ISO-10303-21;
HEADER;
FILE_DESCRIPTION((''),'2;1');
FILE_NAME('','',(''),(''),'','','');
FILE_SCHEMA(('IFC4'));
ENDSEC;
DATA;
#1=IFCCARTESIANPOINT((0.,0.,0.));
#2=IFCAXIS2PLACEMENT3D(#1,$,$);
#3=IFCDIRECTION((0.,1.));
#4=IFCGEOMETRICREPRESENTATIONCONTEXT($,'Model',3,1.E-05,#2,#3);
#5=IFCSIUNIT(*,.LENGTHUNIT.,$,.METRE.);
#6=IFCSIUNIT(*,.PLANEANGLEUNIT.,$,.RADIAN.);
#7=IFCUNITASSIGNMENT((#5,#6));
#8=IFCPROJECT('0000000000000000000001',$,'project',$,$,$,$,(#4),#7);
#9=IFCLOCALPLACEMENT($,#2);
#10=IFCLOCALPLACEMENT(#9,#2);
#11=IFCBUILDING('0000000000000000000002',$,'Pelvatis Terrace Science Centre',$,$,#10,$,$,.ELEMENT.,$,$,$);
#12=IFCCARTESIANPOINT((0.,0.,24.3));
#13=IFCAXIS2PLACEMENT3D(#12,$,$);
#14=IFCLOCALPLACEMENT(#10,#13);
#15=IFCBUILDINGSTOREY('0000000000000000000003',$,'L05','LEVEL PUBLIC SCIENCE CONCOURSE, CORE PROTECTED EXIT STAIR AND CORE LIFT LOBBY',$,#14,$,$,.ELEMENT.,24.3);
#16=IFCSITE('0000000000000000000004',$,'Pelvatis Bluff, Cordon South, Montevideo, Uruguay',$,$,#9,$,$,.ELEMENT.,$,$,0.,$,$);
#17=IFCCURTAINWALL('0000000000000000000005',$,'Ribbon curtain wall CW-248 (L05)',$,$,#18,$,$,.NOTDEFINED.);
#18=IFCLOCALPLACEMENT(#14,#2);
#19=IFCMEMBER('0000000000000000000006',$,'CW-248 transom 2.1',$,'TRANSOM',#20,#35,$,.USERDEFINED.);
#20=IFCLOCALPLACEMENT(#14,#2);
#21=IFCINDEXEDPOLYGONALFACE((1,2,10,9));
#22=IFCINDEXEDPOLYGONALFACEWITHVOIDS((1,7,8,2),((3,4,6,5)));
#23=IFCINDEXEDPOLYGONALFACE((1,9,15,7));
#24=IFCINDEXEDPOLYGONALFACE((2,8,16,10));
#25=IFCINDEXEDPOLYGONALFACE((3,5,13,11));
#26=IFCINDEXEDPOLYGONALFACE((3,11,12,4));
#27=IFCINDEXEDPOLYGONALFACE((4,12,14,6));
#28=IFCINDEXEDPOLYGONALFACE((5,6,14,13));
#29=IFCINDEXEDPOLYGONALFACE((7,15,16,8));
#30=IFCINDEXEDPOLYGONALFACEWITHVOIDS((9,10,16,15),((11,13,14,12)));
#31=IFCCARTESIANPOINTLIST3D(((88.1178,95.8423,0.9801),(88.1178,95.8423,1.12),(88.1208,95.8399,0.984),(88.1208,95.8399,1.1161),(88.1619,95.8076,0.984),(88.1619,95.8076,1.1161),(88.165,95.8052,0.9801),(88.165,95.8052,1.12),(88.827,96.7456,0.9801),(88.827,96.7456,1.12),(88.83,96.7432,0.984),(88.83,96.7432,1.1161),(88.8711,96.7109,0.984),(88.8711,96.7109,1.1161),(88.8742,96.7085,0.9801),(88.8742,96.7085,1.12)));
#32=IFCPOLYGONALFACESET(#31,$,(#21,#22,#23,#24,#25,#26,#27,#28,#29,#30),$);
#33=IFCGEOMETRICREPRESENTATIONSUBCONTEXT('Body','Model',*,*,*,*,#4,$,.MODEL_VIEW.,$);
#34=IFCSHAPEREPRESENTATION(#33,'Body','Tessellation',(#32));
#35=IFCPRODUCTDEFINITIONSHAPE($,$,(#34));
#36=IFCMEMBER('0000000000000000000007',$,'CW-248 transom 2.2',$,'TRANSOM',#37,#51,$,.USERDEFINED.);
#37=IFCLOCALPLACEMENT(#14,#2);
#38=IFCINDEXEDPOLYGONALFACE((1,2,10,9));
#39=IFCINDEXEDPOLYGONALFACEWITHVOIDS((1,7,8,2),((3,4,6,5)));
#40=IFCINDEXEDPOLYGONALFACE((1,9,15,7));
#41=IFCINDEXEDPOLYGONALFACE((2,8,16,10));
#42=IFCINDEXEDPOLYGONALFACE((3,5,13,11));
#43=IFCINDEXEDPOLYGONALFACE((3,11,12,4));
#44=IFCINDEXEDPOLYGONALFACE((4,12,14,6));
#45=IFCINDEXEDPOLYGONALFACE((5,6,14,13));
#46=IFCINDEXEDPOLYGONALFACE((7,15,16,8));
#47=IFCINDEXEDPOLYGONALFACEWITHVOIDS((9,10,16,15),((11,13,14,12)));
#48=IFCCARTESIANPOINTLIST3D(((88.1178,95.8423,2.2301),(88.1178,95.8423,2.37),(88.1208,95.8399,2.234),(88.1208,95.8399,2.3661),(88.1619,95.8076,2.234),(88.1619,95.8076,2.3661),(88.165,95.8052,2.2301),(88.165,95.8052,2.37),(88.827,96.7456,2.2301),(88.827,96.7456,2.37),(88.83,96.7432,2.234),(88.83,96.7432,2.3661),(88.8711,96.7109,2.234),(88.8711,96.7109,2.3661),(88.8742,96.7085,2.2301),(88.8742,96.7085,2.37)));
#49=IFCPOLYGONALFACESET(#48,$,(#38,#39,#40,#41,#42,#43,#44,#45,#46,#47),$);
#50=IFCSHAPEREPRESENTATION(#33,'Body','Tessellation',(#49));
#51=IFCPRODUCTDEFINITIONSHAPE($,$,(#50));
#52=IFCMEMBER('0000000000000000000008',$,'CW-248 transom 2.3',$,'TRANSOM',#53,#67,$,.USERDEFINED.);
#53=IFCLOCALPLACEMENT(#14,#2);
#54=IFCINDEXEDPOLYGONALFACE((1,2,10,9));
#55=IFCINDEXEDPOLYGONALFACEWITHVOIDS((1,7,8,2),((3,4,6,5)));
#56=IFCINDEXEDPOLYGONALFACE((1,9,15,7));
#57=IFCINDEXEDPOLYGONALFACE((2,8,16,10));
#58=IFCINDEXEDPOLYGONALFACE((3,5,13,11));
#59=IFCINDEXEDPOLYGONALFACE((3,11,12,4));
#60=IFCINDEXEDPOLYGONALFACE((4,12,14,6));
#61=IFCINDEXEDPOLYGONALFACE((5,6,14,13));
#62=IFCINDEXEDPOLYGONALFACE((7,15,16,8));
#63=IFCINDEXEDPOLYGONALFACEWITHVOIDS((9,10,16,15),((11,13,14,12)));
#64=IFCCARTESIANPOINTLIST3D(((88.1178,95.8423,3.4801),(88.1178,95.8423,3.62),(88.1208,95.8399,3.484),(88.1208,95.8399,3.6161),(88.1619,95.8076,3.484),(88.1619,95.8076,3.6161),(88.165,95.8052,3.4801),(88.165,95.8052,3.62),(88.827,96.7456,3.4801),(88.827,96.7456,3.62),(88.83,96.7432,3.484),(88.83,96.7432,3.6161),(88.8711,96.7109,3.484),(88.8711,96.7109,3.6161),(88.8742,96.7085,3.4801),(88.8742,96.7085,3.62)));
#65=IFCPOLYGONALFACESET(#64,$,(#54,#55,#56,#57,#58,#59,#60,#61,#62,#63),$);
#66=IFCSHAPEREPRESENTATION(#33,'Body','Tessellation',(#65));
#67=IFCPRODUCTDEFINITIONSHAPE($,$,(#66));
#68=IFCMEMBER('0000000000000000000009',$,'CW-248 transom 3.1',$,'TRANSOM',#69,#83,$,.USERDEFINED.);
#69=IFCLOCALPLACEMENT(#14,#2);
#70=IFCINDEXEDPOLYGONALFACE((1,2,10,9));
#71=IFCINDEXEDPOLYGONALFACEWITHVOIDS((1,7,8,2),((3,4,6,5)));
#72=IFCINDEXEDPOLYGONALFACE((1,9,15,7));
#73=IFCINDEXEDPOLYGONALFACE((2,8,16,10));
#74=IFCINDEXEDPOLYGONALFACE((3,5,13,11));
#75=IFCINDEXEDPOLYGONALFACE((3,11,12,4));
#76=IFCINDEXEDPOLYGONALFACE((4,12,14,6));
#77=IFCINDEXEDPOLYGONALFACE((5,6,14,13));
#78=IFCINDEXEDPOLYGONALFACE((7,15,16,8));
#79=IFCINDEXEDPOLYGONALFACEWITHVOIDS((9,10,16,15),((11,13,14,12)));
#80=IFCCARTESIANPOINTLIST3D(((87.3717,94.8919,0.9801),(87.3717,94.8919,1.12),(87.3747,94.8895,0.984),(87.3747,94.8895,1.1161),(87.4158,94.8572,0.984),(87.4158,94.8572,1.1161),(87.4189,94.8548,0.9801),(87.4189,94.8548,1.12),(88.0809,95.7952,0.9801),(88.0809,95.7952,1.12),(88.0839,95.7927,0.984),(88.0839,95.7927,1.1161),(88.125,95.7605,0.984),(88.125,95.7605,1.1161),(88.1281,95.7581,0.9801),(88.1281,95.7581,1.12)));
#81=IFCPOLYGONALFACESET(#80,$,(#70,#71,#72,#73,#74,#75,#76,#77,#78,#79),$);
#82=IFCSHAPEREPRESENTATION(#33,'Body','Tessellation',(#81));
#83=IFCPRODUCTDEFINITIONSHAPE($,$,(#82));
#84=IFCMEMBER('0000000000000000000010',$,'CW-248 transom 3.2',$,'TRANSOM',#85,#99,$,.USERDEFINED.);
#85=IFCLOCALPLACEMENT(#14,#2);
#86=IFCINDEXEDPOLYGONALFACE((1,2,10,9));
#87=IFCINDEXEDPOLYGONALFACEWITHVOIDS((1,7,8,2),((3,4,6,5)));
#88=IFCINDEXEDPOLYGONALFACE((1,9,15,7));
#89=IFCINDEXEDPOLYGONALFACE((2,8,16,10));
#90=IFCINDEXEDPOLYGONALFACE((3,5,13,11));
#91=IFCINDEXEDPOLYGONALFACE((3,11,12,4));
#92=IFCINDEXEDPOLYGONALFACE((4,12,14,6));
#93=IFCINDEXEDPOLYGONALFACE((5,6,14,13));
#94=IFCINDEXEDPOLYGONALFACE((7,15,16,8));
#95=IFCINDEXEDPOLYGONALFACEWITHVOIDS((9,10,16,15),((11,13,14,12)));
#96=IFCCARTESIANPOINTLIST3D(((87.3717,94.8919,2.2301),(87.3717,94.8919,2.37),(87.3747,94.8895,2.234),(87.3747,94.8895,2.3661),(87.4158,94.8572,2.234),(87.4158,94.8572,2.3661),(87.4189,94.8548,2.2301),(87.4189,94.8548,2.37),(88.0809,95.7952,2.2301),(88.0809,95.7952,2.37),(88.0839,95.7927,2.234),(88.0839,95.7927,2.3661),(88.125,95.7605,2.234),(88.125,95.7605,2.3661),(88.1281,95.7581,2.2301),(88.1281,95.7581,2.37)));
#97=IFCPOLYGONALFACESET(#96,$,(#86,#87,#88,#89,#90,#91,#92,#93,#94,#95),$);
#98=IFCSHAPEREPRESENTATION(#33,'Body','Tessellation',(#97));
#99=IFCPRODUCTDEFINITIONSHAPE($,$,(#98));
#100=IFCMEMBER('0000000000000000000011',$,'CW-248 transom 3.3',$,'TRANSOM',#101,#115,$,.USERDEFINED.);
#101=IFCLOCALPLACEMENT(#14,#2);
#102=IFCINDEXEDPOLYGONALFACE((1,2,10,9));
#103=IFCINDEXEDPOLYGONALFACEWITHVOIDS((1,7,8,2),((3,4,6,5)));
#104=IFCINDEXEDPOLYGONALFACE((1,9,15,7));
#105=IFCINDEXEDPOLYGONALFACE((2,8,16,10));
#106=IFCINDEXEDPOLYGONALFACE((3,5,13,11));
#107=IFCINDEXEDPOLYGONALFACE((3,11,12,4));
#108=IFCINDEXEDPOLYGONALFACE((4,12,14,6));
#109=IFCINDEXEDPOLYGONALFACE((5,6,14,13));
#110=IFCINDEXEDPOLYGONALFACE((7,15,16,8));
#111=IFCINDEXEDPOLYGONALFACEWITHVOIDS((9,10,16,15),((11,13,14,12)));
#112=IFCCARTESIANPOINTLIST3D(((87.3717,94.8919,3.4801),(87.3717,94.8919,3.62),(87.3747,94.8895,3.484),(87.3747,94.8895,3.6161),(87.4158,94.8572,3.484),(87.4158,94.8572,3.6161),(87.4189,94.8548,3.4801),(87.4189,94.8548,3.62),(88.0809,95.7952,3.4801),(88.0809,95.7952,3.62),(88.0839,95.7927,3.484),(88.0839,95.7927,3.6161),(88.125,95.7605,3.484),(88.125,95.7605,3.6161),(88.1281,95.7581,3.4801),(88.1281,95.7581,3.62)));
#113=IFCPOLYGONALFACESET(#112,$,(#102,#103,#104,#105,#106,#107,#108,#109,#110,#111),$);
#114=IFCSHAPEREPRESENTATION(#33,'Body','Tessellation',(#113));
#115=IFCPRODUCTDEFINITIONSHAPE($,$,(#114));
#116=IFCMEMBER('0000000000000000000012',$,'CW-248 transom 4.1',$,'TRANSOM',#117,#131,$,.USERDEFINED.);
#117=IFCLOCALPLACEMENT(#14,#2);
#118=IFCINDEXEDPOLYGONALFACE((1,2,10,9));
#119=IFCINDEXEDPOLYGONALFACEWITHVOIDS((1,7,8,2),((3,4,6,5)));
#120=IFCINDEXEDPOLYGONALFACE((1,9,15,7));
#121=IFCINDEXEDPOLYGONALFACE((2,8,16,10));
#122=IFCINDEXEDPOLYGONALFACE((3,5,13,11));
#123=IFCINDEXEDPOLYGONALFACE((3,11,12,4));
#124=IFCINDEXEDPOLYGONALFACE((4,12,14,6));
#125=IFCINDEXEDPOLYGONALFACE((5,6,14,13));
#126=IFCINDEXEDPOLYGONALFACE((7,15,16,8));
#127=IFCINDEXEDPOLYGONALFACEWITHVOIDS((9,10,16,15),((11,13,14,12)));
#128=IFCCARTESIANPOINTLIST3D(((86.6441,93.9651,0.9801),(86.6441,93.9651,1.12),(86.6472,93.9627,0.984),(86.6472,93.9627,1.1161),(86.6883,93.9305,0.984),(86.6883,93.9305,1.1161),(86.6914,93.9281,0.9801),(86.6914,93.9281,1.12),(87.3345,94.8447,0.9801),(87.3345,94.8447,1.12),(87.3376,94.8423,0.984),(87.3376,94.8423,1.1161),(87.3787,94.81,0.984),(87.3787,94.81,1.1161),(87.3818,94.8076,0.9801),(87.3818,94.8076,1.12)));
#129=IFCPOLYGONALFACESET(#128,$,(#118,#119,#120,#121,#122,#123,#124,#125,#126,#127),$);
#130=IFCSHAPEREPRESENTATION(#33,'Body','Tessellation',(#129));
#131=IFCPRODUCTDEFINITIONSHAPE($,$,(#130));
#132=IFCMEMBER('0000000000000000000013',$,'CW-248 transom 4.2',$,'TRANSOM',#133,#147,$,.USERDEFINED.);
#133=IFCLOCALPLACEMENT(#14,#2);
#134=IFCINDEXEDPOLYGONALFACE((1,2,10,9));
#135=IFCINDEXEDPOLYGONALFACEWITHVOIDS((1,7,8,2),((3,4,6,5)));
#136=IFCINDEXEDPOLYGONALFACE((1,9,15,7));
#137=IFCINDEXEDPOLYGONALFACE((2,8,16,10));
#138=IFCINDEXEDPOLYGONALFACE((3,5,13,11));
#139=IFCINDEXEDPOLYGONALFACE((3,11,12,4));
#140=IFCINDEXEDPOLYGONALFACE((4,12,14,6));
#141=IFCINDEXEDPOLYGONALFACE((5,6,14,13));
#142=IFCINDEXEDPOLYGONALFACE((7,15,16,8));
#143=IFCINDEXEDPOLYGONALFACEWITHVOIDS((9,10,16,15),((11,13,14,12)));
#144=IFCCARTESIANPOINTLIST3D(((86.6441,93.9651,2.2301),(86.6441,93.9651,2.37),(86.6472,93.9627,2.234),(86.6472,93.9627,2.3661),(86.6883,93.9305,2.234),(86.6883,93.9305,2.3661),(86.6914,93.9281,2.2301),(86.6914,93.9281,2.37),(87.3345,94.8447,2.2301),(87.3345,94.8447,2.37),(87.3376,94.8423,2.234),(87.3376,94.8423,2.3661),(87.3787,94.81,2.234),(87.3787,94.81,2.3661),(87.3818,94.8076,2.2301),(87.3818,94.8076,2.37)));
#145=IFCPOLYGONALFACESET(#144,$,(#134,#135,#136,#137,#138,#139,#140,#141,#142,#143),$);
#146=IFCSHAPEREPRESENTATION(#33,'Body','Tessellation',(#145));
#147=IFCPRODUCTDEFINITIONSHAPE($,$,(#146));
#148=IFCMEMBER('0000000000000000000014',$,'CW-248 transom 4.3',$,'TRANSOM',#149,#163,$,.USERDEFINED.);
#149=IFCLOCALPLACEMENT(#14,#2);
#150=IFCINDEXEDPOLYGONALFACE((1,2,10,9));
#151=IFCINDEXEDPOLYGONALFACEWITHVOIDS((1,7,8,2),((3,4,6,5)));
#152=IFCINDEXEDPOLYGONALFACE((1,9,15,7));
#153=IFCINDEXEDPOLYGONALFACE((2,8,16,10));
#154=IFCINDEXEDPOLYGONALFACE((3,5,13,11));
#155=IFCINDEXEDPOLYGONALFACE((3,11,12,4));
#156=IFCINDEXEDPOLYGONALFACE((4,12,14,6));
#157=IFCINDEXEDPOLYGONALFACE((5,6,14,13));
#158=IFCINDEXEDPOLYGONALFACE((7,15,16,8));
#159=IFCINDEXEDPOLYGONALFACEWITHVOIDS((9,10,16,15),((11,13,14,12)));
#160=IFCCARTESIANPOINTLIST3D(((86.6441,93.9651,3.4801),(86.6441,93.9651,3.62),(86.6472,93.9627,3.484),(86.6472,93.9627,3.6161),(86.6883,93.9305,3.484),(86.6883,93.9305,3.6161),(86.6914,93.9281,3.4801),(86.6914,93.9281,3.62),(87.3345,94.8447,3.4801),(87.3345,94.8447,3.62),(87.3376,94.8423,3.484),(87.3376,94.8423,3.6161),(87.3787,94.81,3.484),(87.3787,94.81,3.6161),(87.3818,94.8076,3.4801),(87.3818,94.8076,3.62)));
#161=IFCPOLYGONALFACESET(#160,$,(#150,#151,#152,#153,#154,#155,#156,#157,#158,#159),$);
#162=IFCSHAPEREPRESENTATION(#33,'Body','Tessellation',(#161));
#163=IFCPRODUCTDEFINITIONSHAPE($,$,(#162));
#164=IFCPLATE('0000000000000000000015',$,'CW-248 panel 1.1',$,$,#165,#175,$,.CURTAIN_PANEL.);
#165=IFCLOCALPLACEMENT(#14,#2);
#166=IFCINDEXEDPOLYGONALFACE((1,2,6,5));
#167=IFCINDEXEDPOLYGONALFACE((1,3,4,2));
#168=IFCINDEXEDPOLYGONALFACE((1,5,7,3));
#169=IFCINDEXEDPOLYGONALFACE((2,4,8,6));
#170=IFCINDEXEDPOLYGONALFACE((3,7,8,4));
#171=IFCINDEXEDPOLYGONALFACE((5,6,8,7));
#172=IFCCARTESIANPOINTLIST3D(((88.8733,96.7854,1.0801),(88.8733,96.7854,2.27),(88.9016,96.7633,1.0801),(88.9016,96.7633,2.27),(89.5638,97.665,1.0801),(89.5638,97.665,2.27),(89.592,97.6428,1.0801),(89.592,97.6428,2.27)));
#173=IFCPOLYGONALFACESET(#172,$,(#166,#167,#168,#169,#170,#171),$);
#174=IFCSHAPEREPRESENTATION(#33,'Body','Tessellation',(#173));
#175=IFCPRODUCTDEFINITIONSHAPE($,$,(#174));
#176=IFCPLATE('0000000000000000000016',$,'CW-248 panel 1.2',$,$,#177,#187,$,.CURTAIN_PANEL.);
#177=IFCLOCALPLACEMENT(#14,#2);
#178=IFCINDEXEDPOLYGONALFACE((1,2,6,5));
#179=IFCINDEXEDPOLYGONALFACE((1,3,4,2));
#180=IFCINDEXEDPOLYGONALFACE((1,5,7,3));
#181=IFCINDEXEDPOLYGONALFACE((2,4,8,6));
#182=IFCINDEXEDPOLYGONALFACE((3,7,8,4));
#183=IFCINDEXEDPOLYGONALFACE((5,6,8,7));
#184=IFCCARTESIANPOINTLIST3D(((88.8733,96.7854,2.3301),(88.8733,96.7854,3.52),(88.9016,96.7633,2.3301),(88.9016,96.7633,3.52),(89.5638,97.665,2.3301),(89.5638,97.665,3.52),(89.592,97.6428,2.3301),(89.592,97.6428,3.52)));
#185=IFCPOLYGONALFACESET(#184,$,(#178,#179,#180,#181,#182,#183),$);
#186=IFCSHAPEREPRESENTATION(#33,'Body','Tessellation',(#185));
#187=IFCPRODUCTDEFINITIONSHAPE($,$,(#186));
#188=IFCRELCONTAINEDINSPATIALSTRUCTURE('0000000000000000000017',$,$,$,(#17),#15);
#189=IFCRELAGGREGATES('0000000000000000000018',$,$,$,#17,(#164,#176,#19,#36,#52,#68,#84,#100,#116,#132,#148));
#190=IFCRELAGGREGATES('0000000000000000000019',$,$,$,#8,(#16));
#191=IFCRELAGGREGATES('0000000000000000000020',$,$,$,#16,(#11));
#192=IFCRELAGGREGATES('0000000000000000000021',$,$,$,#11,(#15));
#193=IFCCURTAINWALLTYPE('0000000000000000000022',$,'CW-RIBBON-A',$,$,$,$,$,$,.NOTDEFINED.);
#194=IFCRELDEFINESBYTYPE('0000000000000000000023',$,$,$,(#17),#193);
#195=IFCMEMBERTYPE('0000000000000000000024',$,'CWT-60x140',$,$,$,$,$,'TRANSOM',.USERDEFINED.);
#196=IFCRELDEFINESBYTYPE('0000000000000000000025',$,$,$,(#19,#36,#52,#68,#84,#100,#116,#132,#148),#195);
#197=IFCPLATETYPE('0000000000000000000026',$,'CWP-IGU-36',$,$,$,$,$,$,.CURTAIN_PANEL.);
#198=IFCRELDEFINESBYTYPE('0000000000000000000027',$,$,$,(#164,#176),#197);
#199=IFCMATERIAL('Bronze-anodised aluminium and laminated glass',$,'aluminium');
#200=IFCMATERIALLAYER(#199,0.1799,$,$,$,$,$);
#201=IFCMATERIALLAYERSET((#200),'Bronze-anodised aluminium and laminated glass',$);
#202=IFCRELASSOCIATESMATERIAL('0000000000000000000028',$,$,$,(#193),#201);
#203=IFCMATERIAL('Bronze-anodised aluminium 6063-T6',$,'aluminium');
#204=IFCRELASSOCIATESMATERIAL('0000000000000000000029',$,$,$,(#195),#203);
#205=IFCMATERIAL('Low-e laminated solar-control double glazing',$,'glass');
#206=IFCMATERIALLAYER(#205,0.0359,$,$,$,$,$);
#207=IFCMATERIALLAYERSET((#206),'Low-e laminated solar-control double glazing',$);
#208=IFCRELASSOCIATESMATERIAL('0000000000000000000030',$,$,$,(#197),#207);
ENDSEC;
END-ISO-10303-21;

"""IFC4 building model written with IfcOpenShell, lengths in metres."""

from ifc_helpers import new_model, si_unit, direction, frame, origin, origin_2d, place, context, subcontext, project, spatial, rectangle, hollow_rectangle, extrude, material, layer, layer_set, material_profile, profile_set, type_object, element, aggregate, save


model = new_model("IFC4")

# Units and contexts
model_context = context("Model", 3, precision=1e-05, world=origin(), true_north=direction((0.0, 1.0)))
body_context = subcontext(model_context, "Body", "Model", "MODEL_VIEW")
ifc_project = project(units=[si_unit("LENGTHUNIT", "METRE"), si_unit("PLANEANGLEUNIT", "RADIAN")], contexts=[model_context])

# Site, building, storey
site_placement = place(None, origin())
site = spatial("IfcSite", under=ifc_project, at=site_placement, Name="Pelvatis Bluff, Cordon South, Montevideo, Uruguay", CompositionType="ELEMENT", RefElevation=0.0)
building_placement = place(site_placement, origin())
building = spatial("IfcBuilding", under=site, at=building_placement, Name="Pelvatis Terrace Science Centre", CompositionType="ELEMENT")
storey_placement = place(building_placement, frame((0.0, 0.0, 24.3)))
storey = spatial("IfcBuildingStorey", under=building, at=storey_placement, Name="L05", Description="LEVEL PUBLIC SCIENCE CONCOURSE, CORE PROTECTED EXIT STAIR AND CORE LIFT LOBBY", CompositionType="ELEMENT", Elevation=24.3)

# Shared definitions
ifc_material_1 = material(Name="Bronze-anodised aluminium and laminated glass", Category="aluminium")
ifc_layer_1 = layer(ifc_material_1, 0.1799)
ifc_layer_set_1 = layer_set([ifc_layer_1], Name="Bronze-anodised aluminium and laminated glass")
curtain_wall_type = type_object("IfcCurtainWallType", Name="CW-RIBBON-A", PredefinedType="NOTDEFINED", material=ifc_layer_set_1)

# Curtain wall, members, plates
curtain_wall_1_placement = place(storey_placement, origin())
curtain_wall_1 = element("IfcCurtainWall", 1, at=curtain_wall_1_placement, inside=storey, type_object=curtain_wall_type, Name="Ribbon curtain wall CW-248 (L05)", PredefinedType="NOTDEFINED")
ifc_material_2 = material(Name="Bronze-anodised aluminium 6063-T6", Category="aluminium")
ifc_material_profile_1 = material_profile(ifc_material_2, hollow_rectangle(XDim=0.0601, YDim=0.1399, WallThickness=0.0039, at=origin_2d()), Name="ALU-TRN 60x140")
ifc_profile_set_1 = profile_set([ifc_material_profile_1], Name="Bronze-anodised aluminium 6063-T6")
member_type_1 = type_object("IfcMemberType", Name="CWT-60x140", ElementType="TRANSOM", PredefinedType="USERDEFINED", material=ifc_profile_set_1)
member_1_placement = place(storey_placement, frame((88.8506, 96.7271, 1.05), z_axis=(-0.61754, -0.78654, 0.0), x_axis=(0.78654, -0.61754, 0.0)))
member_1 = element("IfcMember", 2, at=member_1_placement, type_object=member_type_1, Name="CW-248 transom 2.1", ObjectType="TRANSOM", PredefinedType="USERDEFINED", context=body_context, shape_type="SweptSolid", body=[
    extrude(hollow_rectangle(XDim=0.0601, YDim=0.1399, WallThickness=0.0039, at=origin_2d()), origin(), (0.0, 0.0, 1.0), 1.1484),
])
member_2_placement = place(storey_placement, frame((88.8506, 96.7271, 2.3), z_axis=(-0.61754, -0.78654, 0.0), x_axis=(0.78654, -0.61754, 0.0)))
member_2 = element("IfcMember", 3, at=member_2_placement, type_object=member_type_1, Name="CW-248 transom 2.2", ObjectType="TRANSOM", PredefinedType="USERDEFINED", context=body_context, shape_type="SweptSolid", body=[
    extrude(hollow_rectangle(XDim=0.0601, YDim=0.1399, WallThickness=0.0039, at=origin_2d()), origin(), (0.0, 0.0, 1.0), 1.1484),
])
member_3_placement = place(storey_placement, frame((88.8506, 96.7271, 3.55), z_axis=(-0.61754, -0.78654, 0.0), x_axis=(0.78654, -0.61754, 0.0)))
member_3 = element("IfcMember", 4, at=member_3_placement, type_object=member_type_1, Name="CW-248 transom 2.3", ObjectType="TRANSOM", PredefinedType="USERDEFINED", context=body_context, shape_type="SweptSolid", body=[
    extrude(hollow_rectangle(XDim=0.0601, YDim=0.1399, WallThickness=0.0039, at=origin_2d()), origin(), (0.0, 0.0, 1.0), 1.1484),
])
member_4_placement = place(storey_placement, frame((88.1045, 95.7766, 1.05), z_axis=(-0.61754, -0.78654, 0.0), x_axis=(0.78654, -0.61754, 0.0)))
member_4 = element("IfcMember", 5, at=member_4_placement, type_object=member_type_1, Name="CW-248 transom 3.1", ObjectType="TRANSOM", PredefinedType="USERDEFINED", context=body_context, shape_type="SweptSolid", body=[
    extrude(hollow_rectangle(XDim=0.0601, YDim=0.1399, WallThickness=0.0039, at=origin_2d()), origin(), (0.0, 0.0, 1.0), 1.1484),
])
member_5_placement = place(storey_placement, frame((88.1045, 95.7766, 2.3), z_axis=(-0.61754, -0.78654, 0.0), x_axis=(0.78654, -0.61754, 0.0)))
member_5 = element("IfcMember", 6, at=member_5_placement, type_object=member_type_1, Name="CW-248 transom 3.2", ObjectType="TRANSOM", PredefinedType="USERDEFINED", context=body_context, shape_type="SweptSolid", body=[
    extrude(hollow_rectangle(XDim=0.0601, YDim=0.1399, WallThickness=0.0039, at=origin_2d()), origin(), (0.0, 0.0, 1.0), 1.1484),
])
member_6_placement = place(storey_placement, frame((88.1045, 95.7766, 3.55), z_axis=(-0.61754, -0.78654, 0.0), x_axis=(0.78654, -0.61754, 0.0)))
member_6 = element("IfcMember", 7, at=member_6_placement, type_object=member_type_1, Name="CW-248 transom 3.3", ObjectType="TRANSOM", PredefinedType="USERDEFINED", context=body_context, shape_type="SweptSolid", body=[
    extrude(hollow_rectangle(XDim=0.0601, YDim=0.1399, WallThickness=0.0039, at=origin_2d()), origin(), (0.0, 0.0, 1.0), 1.1484),
])
member_7_placement = place(storey_placement, frame((87.3582, 94.8262, 1.05), z_axis=(-0.617426, -0.786629, 0.0), x_axis=(0.786629, -0.617426, 0.0)))
member_7 = element("IfcMember", 8, at=member_7_placement, type_object=member_type_1, Name="CW-248 transom 4.1", ObjectType="TRANSOM", PredefinedType="USERDEFINED", context=body_context, shape_type="SweptSolid", body=[
    extrude(hollow_rectangle(XDim=0.0601, YDim=0.1399, WallThickness=0.0039, at=origin_2d()), origin(), (0.0, 0.0, 1.0), 1.1182),
])
member_8_placement = place(storey_placement, frame((87.3582, 94.8262, 2.3), z_axis=(-0.617426, -0.786629, 0.0), x_axis=(0.786629, -0.617426, 0.0)))
member_8 = element("IfcMember", 9, at=member_8_placement, type_object=member_type_1, Name="CW-248 transom 4.2", ObjectType="TRANSOM", PredefinedType="USERDEFINED", context=body_context, shape_type="SweptSolid", body=[
    extrude(hollow_rectangle(XDim=0.0601, YDim=0.1399, WallThickness=0.0039, at=origin_2d()), origin(), (0.0, 0.0, 1.0), 1.1182),
])
member_9_placement = place(storey_placement, frame((87.3582, 94.8262, 3.55), z_axis=(-0.617426, -0.786629, 0.0), x_axis=(0.786629, -0.617426, 0.0)))
member_9 = element("IfcMember", 10, at=member_9_placement, type_object=member_type_1, Name="CW-248 transom 4.3", ObjectType="TRANSOM", PredefinedType="USERDEFINED", context=body_context, shape_type="SweptSolid", body=[
    extrude(hollow_rectangle(XDim=0.0601, YDim=0.1399, WallThickness=0.0039, at=origin_2d()), origin(), (0.0, 0.0, 1.0), 1.1182),
])
ifc_material_3 = material(Name="Low-e laminated solar-control double glazing", Category="glass")
ifc_layer_2 = layer(ifc_material_3, 0.0359)
ifc_layer_set_2 = layer_set([ifc_layer_2], Name="Low-e laminated solar-control double glazing")
plate_type = type_object("IfcPlateType", Name="CWP-IGU-36", PredefinedType="CURTAIN_PANEL", material=ifc_layer_set_2)
plate_1_placement = place(storey_placement, frame((89.2327, 97.2141, 1.0801), z_axis=(0.0, 0.0, 1.0), x_axis=(-0.617493, -0.786577, 0.0)))
plate_1 = element("IfcPlate", 11, at=plate_1_placement, type_object=plate_type, Name="CW-248 panel 1.1", PredefinedType="CURTAIN_PANEL", context=body_context, shape_type="SweptSolid", body=[
    extrude(rectangle(XDim=1.1182, YDim=0.0359, at=origin_2d()), origin(), (0.0, 0.0, 1.0), 1.1899),
])
plate_2_placement = place(storey_placement, frame((89.2327, 97.2141, 2.3301), z_axis=(0.0, 0.0, 1.0), x_axis=(-0.617493, -0.786577, 0.0)))
plate_2 = element("IfcPlate", 12, at=plate_2_placement, type_object=plate_type, Name="CW-248 panel 1.2", PredefinedType="CURTAIN_PANEL", context=body_context, shape_type="SweptSolid", body=[
    extrude(rectangle(XDim=1.1182, YDim=0.0359, at=origin_2d()), origin(), (0.0, 0.0, 1.0), 1.1899),
])
aggregate(curtain_wall_1, [plate_1, plate_2, member_1, member_2, member_3, member_4, member_5, member_6, member_7, member_8, member_9])

save(model, "model.ifc")
